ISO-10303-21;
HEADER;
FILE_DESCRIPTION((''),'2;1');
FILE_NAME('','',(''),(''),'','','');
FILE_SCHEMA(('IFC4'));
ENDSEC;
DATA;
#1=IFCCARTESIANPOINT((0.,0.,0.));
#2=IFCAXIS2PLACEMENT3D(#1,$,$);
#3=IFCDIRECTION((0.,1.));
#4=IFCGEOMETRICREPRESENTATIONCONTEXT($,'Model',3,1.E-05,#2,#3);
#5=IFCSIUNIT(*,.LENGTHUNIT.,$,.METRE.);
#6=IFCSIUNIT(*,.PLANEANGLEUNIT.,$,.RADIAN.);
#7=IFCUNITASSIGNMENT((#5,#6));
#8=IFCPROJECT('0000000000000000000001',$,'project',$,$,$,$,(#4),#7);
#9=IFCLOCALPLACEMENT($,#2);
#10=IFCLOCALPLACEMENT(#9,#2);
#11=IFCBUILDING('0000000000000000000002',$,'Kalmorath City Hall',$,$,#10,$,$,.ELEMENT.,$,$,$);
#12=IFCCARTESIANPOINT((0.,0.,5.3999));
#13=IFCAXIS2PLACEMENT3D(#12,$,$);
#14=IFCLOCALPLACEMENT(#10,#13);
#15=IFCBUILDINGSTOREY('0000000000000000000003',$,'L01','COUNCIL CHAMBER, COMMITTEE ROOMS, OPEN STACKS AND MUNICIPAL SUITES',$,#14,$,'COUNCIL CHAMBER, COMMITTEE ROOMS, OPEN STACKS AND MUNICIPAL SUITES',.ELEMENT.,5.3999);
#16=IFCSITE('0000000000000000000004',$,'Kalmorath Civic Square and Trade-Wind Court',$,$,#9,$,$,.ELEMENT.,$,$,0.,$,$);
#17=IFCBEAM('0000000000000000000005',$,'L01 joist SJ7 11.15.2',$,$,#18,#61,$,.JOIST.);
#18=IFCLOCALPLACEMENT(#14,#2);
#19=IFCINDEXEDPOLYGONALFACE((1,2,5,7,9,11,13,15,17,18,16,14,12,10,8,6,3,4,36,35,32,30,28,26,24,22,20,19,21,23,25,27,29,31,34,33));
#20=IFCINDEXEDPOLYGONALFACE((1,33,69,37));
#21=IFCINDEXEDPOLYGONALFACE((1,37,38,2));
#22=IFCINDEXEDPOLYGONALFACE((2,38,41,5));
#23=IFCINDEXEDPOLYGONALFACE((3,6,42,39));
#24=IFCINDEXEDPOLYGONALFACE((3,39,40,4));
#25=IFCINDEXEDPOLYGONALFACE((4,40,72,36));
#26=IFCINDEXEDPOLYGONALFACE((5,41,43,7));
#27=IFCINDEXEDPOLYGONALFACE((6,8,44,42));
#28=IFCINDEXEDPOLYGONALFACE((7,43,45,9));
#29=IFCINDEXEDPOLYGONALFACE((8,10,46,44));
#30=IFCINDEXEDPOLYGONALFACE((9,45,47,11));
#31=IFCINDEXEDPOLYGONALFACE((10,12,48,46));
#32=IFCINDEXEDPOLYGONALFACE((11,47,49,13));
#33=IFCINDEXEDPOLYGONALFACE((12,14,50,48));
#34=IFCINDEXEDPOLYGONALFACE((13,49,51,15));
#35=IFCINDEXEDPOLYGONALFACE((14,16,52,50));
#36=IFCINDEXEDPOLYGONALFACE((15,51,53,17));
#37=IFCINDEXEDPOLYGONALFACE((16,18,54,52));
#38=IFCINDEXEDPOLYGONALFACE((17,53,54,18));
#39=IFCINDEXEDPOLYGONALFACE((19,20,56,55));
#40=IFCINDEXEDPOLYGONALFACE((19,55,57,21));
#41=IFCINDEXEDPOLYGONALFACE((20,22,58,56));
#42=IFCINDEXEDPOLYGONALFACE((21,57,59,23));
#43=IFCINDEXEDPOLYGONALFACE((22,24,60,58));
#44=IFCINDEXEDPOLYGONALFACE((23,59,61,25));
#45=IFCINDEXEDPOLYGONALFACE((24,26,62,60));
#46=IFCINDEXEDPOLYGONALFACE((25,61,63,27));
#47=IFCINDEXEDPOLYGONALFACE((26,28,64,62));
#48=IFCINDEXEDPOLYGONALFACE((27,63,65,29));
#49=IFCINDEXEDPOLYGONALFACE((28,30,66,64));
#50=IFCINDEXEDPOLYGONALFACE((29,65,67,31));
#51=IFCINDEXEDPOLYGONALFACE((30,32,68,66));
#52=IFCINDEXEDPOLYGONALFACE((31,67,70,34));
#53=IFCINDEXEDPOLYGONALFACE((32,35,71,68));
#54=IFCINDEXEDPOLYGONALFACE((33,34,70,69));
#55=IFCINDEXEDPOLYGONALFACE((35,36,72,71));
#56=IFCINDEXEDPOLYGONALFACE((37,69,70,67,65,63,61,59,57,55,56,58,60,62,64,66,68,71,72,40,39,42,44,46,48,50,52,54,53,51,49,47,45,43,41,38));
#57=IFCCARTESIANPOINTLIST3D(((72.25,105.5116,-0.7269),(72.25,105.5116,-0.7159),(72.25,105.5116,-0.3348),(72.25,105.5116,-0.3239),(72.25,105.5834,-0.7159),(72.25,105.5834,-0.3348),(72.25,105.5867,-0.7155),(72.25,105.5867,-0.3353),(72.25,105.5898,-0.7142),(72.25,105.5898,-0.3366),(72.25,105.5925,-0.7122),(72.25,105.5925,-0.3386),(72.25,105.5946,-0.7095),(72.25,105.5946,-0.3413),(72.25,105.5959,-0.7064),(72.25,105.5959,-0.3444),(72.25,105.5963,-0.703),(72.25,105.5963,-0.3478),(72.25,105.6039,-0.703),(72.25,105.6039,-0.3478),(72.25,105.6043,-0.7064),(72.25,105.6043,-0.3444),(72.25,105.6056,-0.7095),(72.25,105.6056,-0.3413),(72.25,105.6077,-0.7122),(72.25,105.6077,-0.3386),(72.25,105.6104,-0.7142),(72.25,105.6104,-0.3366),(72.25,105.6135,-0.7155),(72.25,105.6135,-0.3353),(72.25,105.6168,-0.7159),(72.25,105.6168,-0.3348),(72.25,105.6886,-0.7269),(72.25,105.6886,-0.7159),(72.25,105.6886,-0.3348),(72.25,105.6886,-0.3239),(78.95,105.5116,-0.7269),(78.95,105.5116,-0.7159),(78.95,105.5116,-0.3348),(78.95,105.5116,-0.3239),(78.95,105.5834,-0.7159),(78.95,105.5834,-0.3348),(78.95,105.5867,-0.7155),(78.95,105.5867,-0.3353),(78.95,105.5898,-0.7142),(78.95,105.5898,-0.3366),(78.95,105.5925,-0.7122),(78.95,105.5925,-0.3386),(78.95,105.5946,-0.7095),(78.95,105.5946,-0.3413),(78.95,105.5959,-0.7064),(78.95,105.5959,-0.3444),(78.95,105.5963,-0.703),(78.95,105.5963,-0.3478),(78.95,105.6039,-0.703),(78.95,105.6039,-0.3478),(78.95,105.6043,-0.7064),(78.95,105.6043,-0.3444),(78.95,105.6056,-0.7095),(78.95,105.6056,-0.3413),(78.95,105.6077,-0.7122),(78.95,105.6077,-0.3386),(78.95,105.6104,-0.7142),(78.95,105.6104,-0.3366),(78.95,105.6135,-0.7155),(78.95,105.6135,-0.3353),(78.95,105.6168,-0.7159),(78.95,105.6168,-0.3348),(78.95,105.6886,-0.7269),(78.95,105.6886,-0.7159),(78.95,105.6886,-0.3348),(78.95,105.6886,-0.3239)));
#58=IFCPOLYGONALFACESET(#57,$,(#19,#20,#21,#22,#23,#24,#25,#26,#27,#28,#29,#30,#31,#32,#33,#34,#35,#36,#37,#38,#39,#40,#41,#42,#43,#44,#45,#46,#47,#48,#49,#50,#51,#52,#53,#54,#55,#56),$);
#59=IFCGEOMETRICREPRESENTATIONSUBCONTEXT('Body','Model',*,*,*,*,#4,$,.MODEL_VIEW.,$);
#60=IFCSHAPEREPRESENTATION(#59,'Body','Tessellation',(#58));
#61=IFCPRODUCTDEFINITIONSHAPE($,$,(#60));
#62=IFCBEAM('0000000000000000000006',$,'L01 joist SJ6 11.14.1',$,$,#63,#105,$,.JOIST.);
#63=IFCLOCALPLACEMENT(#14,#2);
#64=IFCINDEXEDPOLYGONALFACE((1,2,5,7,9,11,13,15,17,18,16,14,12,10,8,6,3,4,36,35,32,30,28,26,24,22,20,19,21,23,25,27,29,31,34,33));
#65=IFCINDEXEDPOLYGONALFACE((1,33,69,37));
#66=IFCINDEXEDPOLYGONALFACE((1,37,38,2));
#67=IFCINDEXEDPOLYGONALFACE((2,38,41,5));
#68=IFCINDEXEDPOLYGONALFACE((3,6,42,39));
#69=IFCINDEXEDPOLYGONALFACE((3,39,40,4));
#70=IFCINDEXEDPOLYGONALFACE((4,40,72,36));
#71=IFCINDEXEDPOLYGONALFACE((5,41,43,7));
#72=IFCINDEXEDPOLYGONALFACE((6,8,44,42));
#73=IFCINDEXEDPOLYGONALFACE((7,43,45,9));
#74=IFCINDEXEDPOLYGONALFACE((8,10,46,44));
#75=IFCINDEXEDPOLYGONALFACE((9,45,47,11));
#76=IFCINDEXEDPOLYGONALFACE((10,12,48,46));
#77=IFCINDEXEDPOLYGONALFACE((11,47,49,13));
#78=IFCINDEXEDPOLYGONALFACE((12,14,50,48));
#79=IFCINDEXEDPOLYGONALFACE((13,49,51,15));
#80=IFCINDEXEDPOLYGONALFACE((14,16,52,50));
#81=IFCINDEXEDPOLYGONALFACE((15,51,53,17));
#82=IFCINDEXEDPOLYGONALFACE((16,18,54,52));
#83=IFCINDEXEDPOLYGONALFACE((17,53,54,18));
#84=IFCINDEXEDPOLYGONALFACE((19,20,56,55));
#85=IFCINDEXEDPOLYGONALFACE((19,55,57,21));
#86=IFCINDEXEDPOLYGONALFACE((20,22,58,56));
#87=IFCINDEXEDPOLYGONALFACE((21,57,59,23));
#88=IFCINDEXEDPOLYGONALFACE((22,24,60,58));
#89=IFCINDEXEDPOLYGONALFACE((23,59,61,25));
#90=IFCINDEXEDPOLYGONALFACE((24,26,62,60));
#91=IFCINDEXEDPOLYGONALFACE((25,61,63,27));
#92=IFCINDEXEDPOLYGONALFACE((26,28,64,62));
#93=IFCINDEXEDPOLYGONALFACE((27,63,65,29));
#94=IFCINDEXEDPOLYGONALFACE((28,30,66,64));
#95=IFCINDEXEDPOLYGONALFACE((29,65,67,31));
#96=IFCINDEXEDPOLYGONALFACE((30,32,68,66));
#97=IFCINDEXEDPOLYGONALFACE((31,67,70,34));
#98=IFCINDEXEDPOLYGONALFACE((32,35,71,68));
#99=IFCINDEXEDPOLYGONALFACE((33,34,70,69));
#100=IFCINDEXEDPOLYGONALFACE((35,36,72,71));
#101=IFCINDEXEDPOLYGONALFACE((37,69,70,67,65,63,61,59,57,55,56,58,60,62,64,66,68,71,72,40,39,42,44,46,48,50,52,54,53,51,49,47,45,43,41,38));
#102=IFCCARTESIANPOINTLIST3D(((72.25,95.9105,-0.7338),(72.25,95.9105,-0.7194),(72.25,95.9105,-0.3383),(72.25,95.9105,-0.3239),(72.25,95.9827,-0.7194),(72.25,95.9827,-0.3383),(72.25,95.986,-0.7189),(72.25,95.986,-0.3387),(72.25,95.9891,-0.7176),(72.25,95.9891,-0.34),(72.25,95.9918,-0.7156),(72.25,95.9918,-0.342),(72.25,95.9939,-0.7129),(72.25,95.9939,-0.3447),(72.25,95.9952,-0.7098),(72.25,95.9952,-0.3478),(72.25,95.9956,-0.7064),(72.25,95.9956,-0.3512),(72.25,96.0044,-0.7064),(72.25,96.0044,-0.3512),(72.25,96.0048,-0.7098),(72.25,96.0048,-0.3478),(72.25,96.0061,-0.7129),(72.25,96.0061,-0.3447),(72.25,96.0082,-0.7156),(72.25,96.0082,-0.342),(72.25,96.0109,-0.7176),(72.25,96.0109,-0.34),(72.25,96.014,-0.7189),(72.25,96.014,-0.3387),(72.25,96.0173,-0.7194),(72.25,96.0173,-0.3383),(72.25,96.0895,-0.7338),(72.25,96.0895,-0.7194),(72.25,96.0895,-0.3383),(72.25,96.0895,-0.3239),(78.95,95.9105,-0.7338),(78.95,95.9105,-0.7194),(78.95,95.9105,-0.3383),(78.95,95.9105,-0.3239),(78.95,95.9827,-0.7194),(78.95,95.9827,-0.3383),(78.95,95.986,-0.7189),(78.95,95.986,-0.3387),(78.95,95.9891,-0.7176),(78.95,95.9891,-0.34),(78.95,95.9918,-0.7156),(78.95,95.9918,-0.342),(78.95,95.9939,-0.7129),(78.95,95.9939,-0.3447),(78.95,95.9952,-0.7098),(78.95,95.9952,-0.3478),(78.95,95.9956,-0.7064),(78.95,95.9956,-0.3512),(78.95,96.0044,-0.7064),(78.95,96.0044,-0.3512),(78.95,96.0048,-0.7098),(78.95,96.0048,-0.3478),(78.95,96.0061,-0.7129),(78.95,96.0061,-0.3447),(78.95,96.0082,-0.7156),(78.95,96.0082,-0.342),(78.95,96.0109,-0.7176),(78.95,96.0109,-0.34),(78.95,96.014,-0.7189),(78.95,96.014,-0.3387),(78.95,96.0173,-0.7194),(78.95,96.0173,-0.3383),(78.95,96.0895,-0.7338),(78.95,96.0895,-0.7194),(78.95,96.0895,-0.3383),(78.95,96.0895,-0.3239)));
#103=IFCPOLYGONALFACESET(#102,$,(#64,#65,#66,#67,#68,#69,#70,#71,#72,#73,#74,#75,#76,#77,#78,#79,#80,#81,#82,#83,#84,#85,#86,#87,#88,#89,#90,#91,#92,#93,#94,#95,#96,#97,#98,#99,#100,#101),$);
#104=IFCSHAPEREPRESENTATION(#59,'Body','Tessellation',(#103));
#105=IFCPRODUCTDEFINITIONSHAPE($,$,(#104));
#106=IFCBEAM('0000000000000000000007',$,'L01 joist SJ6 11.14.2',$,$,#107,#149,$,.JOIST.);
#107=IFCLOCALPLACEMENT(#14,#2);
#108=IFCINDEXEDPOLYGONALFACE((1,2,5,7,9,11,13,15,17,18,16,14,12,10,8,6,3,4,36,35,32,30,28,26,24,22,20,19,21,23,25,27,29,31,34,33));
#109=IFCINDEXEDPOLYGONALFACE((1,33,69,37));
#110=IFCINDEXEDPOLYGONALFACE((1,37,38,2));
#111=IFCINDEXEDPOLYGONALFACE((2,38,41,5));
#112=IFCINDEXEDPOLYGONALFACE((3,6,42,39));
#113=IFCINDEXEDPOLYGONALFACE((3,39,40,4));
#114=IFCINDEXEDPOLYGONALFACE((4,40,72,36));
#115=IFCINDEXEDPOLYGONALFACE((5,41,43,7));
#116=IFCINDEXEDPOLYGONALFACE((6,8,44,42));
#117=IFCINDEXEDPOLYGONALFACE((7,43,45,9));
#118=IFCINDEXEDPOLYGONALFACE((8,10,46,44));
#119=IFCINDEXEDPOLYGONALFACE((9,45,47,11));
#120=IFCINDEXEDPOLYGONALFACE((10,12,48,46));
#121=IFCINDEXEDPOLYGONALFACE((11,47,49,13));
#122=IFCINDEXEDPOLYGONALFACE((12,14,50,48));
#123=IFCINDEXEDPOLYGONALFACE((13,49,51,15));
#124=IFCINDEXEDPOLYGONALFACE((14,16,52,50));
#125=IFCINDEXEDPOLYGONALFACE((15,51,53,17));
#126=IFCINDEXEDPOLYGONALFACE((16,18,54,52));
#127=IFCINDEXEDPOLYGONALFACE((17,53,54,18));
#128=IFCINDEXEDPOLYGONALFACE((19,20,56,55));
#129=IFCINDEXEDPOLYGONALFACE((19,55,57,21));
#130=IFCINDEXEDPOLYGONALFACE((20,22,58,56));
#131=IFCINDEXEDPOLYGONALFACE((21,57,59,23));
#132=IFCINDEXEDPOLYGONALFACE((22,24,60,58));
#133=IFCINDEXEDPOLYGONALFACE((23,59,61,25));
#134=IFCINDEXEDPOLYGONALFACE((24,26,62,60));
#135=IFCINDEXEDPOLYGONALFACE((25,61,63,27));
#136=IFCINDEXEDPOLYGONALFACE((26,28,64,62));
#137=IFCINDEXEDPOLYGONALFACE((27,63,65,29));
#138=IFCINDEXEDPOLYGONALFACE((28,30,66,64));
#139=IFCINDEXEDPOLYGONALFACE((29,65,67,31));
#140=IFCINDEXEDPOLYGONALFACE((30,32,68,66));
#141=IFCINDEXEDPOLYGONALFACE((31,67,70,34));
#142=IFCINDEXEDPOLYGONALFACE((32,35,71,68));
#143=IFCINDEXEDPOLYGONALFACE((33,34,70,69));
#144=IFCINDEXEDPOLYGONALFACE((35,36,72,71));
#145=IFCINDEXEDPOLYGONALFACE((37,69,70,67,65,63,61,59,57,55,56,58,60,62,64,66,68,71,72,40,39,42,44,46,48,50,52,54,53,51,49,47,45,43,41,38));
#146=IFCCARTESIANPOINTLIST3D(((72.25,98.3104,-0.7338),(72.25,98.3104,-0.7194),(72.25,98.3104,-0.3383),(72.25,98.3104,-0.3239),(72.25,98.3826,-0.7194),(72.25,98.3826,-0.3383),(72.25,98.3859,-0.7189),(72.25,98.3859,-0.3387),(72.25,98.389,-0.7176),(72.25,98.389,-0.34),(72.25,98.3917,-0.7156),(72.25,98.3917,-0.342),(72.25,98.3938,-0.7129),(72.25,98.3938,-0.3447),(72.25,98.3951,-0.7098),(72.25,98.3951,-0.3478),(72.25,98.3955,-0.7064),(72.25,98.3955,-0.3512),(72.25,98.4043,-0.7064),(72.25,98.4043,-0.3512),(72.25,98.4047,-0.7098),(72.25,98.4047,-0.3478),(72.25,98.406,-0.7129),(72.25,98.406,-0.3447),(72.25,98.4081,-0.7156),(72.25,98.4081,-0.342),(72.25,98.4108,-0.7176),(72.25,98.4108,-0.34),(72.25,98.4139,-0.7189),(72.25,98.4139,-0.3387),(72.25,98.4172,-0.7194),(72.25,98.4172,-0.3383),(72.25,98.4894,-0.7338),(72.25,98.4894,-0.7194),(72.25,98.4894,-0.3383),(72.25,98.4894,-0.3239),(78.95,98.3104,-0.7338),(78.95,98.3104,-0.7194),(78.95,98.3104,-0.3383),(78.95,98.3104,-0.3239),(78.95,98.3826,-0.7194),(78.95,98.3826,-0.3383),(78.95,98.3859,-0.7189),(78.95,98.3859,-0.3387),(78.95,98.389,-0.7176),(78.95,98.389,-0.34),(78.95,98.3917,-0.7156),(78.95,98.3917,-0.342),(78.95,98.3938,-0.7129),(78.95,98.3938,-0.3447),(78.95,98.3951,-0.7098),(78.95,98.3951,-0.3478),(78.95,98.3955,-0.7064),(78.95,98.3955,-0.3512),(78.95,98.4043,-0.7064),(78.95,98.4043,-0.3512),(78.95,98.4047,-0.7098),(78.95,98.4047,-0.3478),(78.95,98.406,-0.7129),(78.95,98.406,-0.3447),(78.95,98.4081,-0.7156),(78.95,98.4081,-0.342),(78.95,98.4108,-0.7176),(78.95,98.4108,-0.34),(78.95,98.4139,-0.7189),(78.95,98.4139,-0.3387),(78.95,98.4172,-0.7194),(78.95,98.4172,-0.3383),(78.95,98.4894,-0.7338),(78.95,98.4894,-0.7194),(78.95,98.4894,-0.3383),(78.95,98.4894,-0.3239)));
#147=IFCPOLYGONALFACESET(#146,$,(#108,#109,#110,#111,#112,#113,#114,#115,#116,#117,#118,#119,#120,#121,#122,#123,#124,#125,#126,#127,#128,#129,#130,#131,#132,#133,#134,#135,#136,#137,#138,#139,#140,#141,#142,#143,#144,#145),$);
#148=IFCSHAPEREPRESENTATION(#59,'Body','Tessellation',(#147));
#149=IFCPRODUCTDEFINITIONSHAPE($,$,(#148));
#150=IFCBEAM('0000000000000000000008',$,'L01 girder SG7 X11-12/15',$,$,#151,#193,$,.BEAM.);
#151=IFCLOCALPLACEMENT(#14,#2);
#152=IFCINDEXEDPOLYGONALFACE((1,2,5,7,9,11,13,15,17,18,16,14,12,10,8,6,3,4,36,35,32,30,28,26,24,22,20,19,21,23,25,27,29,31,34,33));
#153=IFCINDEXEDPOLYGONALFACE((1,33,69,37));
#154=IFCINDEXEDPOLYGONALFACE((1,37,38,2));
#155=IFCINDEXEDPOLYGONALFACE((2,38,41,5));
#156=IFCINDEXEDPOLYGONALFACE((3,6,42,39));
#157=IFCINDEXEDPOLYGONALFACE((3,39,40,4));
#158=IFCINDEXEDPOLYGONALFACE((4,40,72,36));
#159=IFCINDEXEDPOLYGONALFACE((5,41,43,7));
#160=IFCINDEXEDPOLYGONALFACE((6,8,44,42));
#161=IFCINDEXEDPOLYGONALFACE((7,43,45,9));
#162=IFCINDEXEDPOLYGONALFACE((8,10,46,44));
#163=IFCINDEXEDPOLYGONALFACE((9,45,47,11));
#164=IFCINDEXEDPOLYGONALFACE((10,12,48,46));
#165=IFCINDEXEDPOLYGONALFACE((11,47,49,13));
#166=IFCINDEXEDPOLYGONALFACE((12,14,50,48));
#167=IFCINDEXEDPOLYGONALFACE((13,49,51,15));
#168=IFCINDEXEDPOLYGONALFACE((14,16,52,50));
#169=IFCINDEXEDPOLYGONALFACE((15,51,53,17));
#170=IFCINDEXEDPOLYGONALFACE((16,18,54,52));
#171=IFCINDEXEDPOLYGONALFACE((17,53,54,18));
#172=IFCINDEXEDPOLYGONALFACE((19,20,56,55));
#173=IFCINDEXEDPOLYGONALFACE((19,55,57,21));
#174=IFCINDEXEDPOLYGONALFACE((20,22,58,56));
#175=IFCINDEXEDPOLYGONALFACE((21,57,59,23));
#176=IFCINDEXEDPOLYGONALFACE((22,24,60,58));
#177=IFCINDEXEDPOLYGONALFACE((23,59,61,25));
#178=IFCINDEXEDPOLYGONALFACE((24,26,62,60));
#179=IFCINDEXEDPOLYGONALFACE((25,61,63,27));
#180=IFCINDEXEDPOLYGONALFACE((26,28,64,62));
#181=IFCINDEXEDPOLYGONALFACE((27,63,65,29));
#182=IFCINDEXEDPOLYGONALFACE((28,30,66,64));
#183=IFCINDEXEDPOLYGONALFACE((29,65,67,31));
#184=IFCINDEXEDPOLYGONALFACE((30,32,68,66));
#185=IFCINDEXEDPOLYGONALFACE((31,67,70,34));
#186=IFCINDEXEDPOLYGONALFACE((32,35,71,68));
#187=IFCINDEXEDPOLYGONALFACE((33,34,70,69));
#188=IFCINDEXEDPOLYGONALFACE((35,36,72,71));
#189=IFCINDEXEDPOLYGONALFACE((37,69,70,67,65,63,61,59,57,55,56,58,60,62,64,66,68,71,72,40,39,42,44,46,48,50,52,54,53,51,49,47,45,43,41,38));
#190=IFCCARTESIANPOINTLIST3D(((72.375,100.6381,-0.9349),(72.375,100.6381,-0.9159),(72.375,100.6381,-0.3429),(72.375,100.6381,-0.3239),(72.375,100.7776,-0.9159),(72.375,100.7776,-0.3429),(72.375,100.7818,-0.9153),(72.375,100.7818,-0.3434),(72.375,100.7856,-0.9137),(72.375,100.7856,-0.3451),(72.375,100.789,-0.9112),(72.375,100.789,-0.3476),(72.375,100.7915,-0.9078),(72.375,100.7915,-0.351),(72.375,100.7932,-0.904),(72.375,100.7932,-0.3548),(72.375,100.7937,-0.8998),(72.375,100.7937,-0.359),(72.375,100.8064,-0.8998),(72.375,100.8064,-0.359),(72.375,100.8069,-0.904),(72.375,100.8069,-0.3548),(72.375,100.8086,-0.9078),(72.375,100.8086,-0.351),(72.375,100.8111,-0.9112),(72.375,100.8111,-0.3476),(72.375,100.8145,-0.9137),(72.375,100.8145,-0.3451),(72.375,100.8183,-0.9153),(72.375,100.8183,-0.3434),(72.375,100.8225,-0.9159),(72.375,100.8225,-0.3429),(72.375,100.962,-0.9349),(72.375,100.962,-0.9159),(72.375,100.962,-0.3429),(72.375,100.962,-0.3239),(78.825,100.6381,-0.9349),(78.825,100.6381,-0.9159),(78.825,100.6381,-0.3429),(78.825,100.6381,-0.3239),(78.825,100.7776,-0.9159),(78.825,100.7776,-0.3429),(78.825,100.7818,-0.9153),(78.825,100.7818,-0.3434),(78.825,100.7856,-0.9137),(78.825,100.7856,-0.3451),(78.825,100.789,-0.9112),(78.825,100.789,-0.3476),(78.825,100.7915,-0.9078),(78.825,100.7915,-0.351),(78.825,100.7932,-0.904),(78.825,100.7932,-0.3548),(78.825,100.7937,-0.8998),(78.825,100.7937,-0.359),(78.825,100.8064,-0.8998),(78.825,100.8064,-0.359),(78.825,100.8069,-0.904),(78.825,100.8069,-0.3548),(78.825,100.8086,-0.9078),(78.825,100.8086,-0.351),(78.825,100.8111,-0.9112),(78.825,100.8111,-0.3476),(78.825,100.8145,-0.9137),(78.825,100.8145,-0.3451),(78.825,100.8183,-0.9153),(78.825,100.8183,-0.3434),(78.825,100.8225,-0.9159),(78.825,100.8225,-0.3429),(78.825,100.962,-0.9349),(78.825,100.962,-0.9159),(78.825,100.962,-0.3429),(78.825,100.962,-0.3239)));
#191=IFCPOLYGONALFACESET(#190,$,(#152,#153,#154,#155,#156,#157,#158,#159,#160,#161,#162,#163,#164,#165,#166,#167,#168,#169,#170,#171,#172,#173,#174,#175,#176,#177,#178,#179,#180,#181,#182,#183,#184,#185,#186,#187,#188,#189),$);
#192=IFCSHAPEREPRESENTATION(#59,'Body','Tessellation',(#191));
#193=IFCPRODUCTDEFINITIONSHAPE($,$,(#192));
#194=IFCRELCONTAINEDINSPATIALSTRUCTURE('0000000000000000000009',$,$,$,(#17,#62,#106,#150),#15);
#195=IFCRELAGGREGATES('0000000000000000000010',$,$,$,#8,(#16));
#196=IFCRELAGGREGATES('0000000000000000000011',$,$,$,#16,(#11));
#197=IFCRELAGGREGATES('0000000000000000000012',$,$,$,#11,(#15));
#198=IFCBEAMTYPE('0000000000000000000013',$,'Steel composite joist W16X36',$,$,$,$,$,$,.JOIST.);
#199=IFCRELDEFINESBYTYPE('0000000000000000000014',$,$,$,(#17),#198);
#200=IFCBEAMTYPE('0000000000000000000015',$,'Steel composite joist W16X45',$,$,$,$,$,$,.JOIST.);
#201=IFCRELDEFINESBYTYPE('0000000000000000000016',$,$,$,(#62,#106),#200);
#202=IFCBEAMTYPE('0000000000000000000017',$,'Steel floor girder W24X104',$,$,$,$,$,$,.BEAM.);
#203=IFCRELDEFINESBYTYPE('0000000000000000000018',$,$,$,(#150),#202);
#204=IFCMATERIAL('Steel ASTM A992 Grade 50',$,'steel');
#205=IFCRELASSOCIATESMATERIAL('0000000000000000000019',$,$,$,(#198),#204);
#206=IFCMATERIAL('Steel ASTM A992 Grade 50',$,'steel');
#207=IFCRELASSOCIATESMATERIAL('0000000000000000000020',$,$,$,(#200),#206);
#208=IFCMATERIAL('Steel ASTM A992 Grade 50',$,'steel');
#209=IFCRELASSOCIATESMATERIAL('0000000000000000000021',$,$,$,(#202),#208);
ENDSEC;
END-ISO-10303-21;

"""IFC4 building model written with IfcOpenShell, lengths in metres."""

from ifc_helpers import new_model, si_unit, direction, frame, origin, origin_2d, place, context, subcontext, project, spatial, i_section, extrude, material, material_profile, profile_set, type_object, element, save


model = new_model("IFC4")

# Units and contexts
model_context = context("Model", 3, precision=1e-05, world=origin(), true_north=direction((0.0, 1.0)))
body_context = subcontext(model_context, "Body", "Model", "MODEL_VIEW")
ifc_project = project(units=[si_unit("LENGTHUNIT", "METRE"), si_unit("PLANEANGLEUNIT", "RADIAN")], contexts=[model_context])

# Site, building, storey
site_placement = place(None, origin())
site = spatial("IfcSite", under=ifc_project, at=site_placement, Name="Kalmorath Civic Square and Trade-Wind Court", CompositionType="ELEMENT", RefElevation=0.0)
building_placement = place(site_placement, origin())
building = spatial("IfcBuilding", under=site, at=building_placement, Name="Kalmorath City Hall", CompositionType="ELEMENT")
storey_placement = place(building_placement, frame((0.0, 0.0, 5.3999)))
storey = spatial("IfcBuildingStorey", under=building, at=storey_placement, Name="L01", Description="COUNCIL CHAMBER, COMMITTEE ROOMS, OPEN STACKS AND MUNICIPAL SUITES", LongName="COUNCIL CHAMBER, COMMITTEE ROOMS, OPEN STACKS AND MUNICIPAL SUITES", CompositionType="ELEMENT", Elevation=5.3999)

# Beams
ifc_material_1 = material(Name="Steel ASTM A992 Grade 50", Category="steel")
ifc_material_profile_1 = material_profile(ifc_material_1, i_section(OverallWidth=0.177, OverallDepth=0.4031, WebThickness=0.0076, FlangeThickness=0.011, FilletRadius=0.0129, at=origin_2d()), Name="W16X36")
ifc_profile_set_1 = profile_set([ifc_material_profile_1], Name="Steel ASTM A992 Grade 50")
beam_type_1 = type_object("IfcBeamType", Name="Steel composite joist W16X36", PredefinedType="JOIST", material=ifc_profile_set_1)
for number, where, z_axis, x_axis, name in (
    (1, (72.25, 105.6001, -0.5254), (1.0, 0.0, 0.0), (0.0, 1.0, 0.0), "L01 joist SJ7 11.15.2"),
):
    element("IfcBeam", number, at=place(storey_placement, frame(where, z_axis=z_axis, x_axis=x_axis)), inside=storey, type_object=beam_type_1, Name=name, PredefinedType="JOIST", context=body_context, shape_type="SweptSolid", body=[
        extrude(i_section(OverallWidth=0.177, OverallDepth=0.4031, WebThickness=0.0076, FlangeThickness=0.011, FilletRadius=0.0129, at=origin_2d()), origin(), (0.0, 0.0, 1.0), 6.7),
    ])
ifc_material_2 = material(Name="Steel ASTM A992 Grade 50", Category="steel")
ifc_material_profile_2 = material_profile(ifc_material_2, i_section(OverallWidth=0.179, OverallDepth=0.4099, WebThickness=0.0088, FlangeThickness=0.0144, FilletRadius=0.0129, at=origin_2d()), Name="W16X45")
ifc_profile_set_2 = profile_set([ifc_material_profile_2], Name="Steel ASTM A992 Grade 50")
beam_type_2 = type_object("IfcBeamType", Name="Steel composite joist W16X45", PredefinedType="JOIST", material=ifc_profile_set_2)
for number, where, z_axis, x_axis, name in (
    (2, (72.25, 96.0, -0.5288), (1.0, 0.0, 0.0), (0.0, 1.0, 0.0), "L01 joist SJ6 11.14.1"),
    (3, (72.25, 98.3999, -0.5288), (1.0, 0.0, 0.0), (0.0, 1.0, 0.0), "L01 joist SJ6 11.14.2"),
):
    element("IfcBeam", number, at=place(storey_placement, frame(where, z_axis=z_axis, x_axis=x_axis)), inside=storey, type_object=beam_type_2, Name=name, PredefinedType="JOIST", context=body_context, shape_type="SweptSolid", body=[
        extrude(i_section(OverallWidth=0.179, OverallDepth=0.4099, WebThickness=0.0088, FlangeThickness=0.0144, FilletRadius=0.0129, at=origin_2d()), origin(), (0.0, 0.0, 1.0), 6.7),
    ])
ifc_material_3 = material(Name="Steel ASTM A992 Grade 50", Category="steel")
ifc_material_profile_3 = material_profile(ifc_material_3, i_section(OverallWidth=0.324, OverallDepth=0.6111, WebThickness=0.0127, FlangeThickness=0.019, FilletRadius=0.0161, at=origin_2d()), Name="W24X104")
ifc_profile_set_3 = profile_set([ifc_material_profile_3], Name="Steel ASTM A992 Grade 50")
beam_type_3 = type_object("IfcBeamType", Name="Steel floor girder W24X104", PredefinedType="BEAM", material=ifc_profile_set_3)
for number, where, z_axis, x_axis, name in (
    (4, (72.375, 100.8, -0.6294), (1.0, 0.0, 0.0), (0.0, 1.0, 0.0), "L01 girder SG7 X11-12/15"),
):
    element("IfcBeam", number, at=place(storey_placement, frame(where, z_axis=z_axis, x_axis=x_axis)), inside=storey, type_object=beam_type_3, Name=name, PredefinedType="BEAM", context=body_context, shape_type="SweptSolid", body=[
        extrude(i_section(OverallWidth=0.324, OverallDepth=0.6111, WebThickness=0.0127, FlangeThickness=0.019, FilletRadius=0.0161, at=origin_2d()), origin(), (0.0, 0.0, 1.0), 6.45),
    ])

save(model, "model.ifc")
